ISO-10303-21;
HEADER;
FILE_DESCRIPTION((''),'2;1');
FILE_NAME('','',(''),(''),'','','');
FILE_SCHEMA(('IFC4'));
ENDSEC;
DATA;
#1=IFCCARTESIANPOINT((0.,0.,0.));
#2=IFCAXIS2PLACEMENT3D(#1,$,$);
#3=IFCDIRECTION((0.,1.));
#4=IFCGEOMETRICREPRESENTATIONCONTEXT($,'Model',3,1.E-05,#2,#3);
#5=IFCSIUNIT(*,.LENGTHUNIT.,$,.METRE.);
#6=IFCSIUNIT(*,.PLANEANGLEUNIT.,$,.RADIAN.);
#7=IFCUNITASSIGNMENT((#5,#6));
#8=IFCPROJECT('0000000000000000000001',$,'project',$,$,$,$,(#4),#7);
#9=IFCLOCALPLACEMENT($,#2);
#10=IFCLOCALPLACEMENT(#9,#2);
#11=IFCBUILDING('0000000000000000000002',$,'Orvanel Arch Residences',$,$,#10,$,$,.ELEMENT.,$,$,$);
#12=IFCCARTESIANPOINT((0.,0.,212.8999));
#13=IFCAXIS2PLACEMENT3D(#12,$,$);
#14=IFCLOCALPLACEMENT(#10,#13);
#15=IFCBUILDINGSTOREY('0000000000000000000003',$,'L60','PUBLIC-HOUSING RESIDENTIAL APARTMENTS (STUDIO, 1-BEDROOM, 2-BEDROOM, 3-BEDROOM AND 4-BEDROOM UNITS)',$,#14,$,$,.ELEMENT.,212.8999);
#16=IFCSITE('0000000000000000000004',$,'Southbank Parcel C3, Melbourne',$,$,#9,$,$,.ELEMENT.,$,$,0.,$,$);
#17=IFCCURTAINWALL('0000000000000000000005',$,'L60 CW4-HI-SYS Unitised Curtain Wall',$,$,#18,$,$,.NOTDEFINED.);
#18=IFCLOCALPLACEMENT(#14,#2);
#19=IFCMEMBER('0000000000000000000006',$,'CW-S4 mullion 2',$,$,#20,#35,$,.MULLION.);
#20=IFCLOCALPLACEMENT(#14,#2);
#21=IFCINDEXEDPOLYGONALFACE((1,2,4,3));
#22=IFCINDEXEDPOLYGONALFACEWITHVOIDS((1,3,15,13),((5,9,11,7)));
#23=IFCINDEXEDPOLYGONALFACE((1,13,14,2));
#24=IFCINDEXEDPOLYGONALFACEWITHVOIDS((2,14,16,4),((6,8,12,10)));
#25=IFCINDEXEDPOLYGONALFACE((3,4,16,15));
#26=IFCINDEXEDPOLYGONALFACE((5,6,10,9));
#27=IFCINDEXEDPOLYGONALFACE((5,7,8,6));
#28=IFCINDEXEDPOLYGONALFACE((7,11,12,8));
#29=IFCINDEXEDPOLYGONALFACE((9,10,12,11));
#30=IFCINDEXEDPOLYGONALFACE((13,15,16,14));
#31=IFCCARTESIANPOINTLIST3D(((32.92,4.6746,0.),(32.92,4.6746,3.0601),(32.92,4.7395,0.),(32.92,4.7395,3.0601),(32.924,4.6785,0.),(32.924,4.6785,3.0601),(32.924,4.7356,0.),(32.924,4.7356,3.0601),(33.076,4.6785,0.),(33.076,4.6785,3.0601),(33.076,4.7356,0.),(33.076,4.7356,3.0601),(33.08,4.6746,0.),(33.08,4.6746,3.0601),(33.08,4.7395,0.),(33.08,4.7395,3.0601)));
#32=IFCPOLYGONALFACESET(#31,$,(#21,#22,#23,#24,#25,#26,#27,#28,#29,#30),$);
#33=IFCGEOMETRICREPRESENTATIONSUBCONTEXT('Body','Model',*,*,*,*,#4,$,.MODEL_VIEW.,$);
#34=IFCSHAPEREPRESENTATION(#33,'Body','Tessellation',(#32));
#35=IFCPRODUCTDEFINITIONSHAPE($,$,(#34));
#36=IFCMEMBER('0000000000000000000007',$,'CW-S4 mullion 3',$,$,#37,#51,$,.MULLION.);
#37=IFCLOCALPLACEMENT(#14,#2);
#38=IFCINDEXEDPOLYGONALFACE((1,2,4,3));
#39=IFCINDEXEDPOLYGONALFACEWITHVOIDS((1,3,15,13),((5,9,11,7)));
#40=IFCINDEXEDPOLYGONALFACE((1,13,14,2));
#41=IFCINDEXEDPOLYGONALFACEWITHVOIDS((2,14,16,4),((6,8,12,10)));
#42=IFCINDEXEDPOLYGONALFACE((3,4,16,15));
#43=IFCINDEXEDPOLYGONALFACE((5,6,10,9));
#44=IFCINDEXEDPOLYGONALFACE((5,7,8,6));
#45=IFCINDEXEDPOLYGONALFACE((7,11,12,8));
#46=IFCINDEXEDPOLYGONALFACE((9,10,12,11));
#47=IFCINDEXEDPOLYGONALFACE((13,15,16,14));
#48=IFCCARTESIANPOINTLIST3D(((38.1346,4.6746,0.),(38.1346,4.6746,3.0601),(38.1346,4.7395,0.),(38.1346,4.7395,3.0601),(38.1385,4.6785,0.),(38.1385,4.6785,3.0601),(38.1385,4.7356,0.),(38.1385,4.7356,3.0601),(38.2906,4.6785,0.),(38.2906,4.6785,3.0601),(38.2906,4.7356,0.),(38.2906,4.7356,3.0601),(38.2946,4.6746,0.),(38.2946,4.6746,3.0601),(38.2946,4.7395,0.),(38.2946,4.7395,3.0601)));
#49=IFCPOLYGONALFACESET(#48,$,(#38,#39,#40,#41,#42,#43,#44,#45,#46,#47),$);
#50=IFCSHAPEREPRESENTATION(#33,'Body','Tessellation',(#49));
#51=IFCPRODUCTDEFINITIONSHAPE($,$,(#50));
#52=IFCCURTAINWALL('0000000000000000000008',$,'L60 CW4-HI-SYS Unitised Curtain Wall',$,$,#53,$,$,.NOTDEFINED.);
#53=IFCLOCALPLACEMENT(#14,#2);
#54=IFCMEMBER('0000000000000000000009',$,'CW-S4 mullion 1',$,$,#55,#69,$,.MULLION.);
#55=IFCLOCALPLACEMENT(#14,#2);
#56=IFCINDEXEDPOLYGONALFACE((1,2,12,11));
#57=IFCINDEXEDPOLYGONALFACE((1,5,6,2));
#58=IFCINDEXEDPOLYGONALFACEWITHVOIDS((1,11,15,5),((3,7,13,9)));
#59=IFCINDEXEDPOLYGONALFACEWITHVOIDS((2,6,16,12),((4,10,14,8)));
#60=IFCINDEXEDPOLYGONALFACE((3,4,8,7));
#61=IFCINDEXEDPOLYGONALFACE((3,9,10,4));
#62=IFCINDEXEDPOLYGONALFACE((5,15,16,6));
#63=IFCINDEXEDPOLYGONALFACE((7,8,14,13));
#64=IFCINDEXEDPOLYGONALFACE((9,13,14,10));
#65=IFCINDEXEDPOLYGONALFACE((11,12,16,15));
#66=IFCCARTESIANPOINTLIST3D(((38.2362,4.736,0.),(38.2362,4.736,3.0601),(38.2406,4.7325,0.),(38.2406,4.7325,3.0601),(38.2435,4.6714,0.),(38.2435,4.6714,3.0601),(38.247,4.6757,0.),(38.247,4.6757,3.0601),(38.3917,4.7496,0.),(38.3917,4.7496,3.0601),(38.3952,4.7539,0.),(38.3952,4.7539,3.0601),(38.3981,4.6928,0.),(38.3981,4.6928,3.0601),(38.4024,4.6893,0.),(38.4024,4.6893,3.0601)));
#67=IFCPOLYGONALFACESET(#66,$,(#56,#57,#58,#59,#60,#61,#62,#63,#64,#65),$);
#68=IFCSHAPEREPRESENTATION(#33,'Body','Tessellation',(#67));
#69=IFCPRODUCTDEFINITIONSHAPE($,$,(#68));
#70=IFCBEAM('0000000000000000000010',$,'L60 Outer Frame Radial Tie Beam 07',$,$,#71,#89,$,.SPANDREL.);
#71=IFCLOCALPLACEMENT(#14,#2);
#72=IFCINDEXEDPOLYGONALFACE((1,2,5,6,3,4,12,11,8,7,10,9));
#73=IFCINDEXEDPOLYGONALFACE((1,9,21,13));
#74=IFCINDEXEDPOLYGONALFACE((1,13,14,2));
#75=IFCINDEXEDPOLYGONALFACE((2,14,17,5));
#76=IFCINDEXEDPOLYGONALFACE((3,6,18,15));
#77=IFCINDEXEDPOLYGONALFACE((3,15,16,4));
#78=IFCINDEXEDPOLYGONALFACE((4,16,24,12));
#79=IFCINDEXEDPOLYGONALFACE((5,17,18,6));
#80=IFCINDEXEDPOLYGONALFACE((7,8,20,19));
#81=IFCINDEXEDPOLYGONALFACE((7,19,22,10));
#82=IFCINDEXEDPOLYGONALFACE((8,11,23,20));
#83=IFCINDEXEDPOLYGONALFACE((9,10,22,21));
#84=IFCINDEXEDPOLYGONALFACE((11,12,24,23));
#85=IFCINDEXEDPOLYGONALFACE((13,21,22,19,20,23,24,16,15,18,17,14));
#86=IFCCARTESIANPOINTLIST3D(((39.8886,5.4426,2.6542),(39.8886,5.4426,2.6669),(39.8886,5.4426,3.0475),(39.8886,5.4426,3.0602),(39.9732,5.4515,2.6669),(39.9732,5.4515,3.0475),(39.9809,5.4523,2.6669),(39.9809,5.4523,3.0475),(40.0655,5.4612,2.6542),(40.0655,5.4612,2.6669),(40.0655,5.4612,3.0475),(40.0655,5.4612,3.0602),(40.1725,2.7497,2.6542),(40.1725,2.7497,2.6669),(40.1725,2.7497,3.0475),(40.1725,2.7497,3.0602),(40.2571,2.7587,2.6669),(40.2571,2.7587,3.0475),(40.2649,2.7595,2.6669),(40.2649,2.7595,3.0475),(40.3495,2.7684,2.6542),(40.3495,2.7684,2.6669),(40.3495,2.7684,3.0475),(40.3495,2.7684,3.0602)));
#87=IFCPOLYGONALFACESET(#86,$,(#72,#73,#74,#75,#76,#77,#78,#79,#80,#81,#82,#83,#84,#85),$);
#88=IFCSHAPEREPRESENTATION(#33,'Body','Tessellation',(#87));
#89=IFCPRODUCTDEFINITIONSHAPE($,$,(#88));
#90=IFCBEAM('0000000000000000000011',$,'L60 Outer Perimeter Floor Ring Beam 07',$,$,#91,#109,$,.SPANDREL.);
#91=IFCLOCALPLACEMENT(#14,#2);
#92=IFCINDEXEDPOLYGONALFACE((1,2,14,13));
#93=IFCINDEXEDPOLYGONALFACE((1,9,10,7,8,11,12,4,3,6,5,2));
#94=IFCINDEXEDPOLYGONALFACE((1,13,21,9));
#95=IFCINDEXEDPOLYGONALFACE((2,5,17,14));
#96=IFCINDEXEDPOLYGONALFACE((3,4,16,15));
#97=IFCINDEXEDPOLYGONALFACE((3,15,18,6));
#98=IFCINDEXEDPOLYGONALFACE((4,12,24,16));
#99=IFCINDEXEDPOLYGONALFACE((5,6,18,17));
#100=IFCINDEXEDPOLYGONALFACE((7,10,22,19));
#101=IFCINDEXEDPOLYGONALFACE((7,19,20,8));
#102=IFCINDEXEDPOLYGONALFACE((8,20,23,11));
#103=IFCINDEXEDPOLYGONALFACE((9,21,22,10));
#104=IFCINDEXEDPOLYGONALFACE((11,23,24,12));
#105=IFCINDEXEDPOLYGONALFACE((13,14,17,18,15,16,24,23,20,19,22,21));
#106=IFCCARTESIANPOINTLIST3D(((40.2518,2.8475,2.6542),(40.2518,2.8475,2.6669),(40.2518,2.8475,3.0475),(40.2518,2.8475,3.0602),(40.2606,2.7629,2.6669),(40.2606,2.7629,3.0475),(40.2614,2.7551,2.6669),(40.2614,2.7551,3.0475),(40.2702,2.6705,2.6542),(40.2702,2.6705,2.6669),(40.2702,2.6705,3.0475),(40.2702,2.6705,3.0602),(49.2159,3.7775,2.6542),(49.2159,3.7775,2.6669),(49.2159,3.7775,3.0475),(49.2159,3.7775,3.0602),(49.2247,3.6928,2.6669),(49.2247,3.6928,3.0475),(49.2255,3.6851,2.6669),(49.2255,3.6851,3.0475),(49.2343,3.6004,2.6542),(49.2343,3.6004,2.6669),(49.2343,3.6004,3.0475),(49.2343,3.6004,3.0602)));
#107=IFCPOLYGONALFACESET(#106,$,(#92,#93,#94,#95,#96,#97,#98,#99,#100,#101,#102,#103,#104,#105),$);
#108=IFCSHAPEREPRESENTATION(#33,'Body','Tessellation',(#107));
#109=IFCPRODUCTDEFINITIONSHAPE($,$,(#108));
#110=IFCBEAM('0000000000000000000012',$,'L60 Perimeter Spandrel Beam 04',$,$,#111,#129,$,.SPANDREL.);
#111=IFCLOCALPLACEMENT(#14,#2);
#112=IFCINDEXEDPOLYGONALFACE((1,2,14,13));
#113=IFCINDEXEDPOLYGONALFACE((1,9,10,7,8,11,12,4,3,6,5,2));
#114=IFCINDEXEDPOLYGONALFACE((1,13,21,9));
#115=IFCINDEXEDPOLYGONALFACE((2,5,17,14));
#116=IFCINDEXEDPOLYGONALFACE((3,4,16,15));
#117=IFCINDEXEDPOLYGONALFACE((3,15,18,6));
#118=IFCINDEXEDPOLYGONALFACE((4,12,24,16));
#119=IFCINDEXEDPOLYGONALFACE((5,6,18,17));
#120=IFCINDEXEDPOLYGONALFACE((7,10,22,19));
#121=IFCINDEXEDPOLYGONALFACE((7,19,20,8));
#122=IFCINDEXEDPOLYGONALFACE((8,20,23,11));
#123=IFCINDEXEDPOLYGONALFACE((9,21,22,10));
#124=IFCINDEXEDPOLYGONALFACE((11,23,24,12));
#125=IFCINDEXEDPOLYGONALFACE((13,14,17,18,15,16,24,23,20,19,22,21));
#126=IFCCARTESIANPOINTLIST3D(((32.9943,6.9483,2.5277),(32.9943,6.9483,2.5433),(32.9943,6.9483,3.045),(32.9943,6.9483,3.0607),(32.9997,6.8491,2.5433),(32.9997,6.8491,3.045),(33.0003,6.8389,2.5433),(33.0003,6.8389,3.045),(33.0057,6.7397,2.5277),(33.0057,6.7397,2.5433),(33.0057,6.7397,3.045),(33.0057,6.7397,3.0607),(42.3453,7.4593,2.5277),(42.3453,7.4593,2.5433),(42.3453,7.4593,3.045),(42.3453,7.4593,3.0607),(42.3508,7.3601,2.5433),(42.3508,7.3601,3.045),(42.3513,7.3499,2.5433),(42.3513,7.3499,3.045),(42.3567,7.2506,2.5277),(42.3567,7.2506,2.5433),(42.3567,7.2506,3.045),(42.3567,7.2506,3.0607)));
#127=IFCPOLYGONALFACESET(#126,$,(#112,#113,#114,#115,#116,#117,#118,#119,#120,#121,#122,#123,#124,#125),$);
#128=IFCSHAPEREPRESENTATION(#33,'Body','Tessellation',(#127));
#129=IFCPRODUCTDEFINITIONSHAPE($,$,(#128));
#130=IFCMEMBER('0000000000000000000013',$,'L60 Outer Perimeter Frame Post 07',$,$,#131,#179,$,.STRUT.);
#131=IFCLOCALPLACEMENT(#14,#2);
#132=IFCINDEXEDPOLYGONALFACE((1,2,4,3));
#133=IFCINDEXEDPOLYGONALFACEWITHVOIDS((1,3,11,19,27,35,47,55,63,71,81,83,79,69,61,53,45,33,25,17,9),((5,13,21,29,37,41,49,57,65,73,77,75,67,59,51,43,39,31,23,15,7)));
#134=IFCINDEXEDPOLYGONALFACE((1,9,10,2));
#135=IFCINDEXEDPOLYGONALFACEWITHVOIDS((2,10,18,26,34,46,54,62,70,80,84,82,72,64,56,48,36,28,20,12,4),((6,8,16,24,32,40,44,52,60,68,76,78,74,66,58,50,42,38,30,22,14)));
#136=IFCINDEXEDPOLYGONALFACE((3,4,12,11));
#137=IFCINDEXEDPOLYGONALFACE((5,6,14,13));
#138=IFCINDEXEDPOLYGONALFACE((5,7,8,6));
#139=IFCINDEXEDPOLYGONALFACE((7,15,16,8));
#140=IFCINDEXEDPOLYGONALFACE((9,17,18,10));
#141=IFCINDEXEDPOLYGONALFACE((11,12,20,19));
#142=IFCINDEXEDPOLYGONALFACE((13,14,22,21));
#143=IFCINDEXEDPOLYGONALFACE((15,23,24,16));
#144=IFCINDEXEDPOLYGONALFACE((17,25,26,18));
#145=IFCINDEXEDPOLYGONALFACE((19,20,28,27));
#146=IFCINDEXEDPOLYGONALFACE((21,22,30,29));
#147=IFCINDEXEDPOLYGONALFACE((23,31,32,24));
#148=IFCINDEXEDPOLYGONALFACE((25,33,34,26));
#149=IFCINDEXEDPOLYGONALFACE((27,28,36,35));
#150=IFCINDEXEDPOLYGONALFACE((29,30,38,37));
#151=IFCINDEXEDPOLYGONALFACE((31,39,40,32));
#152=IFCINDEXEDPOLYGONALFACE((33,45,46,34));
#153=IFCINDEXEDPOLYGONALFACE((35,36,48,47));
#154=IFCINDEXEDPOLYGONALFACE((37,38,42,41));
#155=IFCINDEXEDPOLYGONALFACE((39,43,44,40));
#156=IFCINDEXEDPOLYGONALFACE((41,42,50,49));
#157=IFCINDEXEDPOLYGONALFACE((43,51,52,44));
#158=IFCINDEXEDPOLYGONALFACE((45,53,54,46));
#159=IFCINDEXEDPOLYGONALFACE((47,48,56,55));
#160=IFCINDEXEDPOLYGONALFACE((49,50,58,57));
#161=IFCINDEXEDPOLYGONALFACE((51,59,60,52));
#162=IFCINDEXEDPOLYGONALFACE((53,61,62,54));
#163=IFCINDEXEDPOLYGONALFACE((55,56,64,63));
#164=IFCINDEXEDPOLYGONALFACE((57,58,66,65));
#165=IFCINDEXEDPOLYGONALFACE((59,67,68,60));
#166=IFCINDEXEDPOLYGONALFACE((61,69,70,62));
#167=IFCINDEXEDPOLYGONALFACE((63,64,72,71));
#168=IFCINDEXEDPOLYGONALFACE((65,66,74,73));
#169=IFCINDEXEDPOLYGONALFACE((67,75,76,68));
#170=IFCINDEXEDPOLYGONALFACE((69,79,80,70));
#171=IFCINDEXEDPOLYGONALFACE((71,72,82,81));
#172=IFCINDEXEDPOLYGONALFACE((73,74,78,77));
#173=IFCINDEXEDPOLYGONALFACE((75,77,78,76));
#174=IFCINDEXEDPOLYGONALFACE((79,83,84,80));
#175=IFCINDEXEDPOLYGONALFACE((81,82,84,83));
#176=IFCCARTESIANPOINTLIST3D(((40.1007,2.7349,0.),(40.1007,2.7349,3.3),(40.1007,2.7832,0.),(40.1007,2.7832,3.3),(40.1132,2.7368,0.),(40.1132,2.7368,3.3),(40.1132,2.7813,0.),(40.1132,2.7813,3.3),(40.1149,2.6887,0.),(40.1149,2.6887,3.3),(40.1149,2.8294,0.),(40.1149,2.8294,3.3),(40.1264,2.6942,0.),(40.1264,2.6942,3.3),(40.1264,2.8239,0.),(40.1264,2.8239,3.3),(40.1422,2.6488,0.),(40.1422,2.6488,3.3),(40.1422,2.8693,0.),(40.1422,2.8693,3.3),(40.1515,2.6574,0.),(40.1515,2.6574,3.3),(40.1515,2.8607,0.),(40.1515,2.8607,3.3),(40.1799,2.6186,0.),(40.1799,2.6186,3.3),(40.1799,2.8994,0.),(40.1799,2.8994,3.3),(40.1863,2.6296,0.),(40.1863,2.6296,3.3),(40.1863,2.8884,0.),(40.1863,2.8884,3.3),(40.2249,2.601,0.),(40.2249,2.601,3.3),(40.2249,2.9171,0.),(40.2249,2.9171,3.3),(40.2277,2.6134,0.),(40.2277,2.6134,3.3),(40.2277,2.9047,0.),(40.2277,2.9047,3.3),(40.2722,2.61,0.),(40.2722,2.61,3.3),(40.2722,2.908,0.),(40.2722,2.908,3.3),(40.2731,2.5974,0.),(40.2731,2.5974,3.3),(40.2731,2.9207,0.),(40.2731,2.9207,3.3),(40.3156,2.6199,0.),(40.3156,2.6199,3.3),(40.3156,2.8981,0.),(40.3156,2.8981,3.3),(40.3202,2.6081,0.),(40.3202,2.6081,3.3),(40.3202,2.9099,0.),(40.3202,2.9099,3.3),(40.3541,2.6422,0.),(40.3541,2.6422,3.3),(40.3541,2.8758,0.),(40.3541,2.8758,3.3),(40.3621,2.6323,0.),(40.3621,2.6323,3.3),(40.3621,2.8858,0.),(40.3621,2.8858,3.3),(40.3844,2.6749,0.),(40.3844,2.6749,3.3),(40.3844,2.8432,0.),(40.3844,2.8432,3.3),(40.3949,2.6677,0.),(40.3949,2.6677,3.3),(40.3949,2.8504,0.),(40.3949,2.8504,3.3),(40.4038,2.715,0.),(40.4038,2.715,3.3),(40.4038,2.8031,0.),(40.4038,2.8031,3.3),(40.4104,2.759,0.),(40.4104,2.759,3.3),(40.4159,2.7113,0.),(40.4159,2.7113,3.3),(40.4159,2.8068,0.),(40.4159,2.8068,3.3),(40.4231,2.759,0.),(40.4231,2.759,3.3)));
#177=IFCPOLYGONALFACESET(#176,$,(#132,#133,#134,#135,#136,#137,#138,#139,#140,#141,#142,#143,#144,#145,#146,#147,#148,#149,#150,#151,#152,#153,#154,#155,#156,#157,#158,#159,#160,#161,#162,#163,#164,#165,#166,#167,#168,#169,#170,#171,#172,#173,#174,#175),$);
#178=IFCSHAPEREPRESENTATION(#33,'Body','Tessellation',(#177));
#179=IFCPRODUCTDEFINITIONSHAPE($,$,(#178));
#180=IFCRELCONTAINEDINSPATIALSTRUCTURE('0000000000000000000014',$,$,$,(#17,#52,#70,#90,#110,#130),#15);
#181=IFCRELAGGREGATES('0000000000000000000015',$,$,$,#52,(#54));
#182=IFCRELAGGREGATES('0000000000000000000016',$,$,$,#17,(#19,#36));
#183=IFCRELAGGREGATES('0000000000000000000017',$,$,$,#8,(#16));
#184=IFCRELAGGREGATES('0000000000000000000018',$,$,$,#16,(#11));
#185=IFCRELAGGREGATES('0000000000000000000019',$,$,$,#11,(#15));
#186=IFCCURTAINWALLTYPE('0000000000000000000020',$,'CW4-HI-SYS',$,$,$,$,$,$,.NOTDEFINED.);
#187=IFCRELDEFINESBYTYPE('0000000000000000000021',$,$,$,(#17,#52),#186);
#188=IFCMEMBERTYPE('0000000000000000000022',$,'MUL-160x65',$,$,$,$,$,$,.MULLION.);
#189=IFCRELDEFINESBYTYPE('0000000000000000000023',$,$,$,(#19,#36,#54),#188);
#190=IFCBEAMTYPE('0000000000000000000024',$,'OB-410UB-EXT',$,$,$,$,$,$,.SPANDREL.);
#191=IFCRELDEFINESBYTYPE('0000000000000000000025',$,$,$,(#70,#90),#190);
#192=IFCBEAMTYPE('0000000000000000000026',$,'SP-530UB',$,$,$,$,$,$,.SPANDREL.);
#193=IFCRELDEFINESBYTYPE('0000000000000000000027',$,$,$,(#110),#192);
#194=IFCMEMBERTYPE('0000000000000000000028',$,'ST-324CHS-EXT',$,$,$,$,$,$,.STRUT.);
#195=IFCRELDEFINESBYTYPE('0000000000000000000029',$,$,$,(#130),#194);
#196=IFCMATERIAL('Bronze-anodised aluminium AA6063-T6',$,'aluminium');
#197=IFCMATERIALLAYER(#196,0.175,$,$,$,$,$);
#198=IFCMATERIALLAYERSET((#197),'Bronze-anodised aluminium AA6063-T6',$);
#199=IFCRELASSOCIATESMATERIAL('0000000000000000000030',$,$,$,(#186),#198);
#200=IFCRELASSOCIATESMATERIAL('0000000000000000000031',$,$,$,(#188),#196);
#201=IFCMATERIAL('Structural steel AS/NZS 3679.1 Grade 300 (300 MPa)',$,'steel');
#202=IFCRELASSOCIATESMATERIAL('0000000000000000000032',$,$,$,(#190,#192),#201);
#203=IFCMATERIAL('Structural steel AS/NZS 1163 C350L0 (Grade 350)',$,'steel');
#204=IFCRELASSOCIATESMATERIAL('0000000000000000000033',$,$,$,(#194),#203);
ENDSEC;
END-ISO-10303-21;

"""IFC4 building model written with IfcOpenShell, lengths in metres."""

from ifc_helpers import new_model, si_unit, direction, frame, origin, origin_2d, place, context, subcontext, project, spatial, hollow_rectangle, hollow_circle, i_section, extrude, material, layer, layer_set, material_profile, profile_set, type_object, element, aggregate, save


model = new_model("IFC4")

# Units and contexts
model_context = context("Model", 3, precision=1e-05, world=origin(), true_north=direction((0.0, 1.0)))
body_context = subcontext(model_context, "Body", "Model", "MODEL_VIEW")
ifc_project = project(units=[si_unit("LENGTHUNIT", "METRE"), si_unit("PLANEANGLEUNIT", "RADIAN")], contexts=[model_context])

# Site, building, storey
site_placement = place(None, origin())
site = spatial("IfcSite", under=ifc_project, at=site_placement, Name="Southbank Parcel C3, Melbourne", CompositionType="ELEMENT", RefElevation=0.0)
building_placement = place(site_placement, origin())
building = spatial("IfcBuilding", under=site, at=building_placement, Name="Orvanel Arch Residences", CompositionType="ELEMENT")
storey_placement = place(building_placement, frame((0.0, 0.0, 212.8999)))
storey = spatial("IfcBuildingStorey", under=building, at=storey_placement, Name="L60", Description="PUBLIC-HOUSING RESIDENTIAL APARTMENTS (STUDIO, 1-BEDROOM, 2-BEDROOM, 3-BEDROOM AND 4-BEDROOM UNITS)", CompositionType="ELEMENT", Elevation=212.8999)

# Curtain wall, members
ifc_material_1 = material(Name="Bronze-anodised aluminium AA6063-T6", Category="aluminium")
ifc_layer_1 = layer(ifc_material_1, 0.175)
ifc_layer_set_1 = layer_set([ifc_layer_1], Name="Bronze-anodised aluminium AA6063-T6")
curtain_wall_type = type_object("IfcCurtainWallType", Name="CW4-HI-SYS", PredefinedType="NOTDEFINED", material=ifc_layer_set_1)
curtain_wall_1_placement = place(storey_placement, origin())
curtain_wall_1 = element("IfcCurtainWall", 1, at=curtain_wall_1_placement, inside=storey, type_object=curtain_wall_type, Name="L60 CW4-HI-SYS Unitised Curtain Wall", PredefinedType="NOTDEFINED")
ifc_material_profile_1 = material_profile(ifc_material_1, hollow_rectangle(XDim=0.0649, YDim=0.1599, WallThickness=0.0039, at=origin_2d()), Name="ALU160x65x4")
ifc_profile_set_1 = profile_set([ifc_material_profile_1], Name="Bronze-anodised aluminium AA6063-T6")
member_type_1 = type_object("IfcMemberType", Name="MUL-160x65", PredefinedType="MULLION", material=ifc_profile_set_1)
member_1_placement = place(storey_placement, frame((33.0, 4.707, 0.0), z_axis=(0.0, 0.0, 1.0), x_axis=(0.0, 1.0, 0.0)))
member_1 = element("IfcMember", 2, at=member_1_placement, type_object=member_type_1, Name="CW-S4 mullion 2", PredefinedType="MULLION", context=body_context, shape_type="SweptSolid", body=[
    extrude(hollow_rectangle(XDim=0.0649, YDim=0.1599, WallThickness=0.0039, at=origin_2d()), origin(), (0.0, 0.0, 1.0), 3.0601),
])
member_2_placement = place(storey_placement, frame((38.2146, 4.707, 0.0), z_axis=(0.0, 0.0, 1.0), x_axis=(0.0, 1.0, 0.0)))
member_2 = element("IfcMember", 3, at=member_2_placement, type_object=member_type_1, Name="CW-S4 mullion 3", PredefinedType="MULLION", context=body_context, shape_type="SweptSolid", body=[
    extrude(hollow_rectangle(XDim=0.0649, YDim=0.1599, WallThickness=0.0039, at=origin_2d()), origin(), (0.0, 0.0, 1.0), 3.0601),
])

# Curtain wall, member
curtain_wall_2_placement = place(storey_placement, origin())
curtain_wall_2 = element("IfcCurtainWall", 4, at=curtain_wall_2_placement, inside=storey, type_object=curtain_wall_type, Name="L60 CW4-HI-SYS Unitised Curtain Wall", PredefinedType="NOTDEFINED")
member_3_placement = place(storey_placement, frame((38.3193, 4.7126, 0.0), z_axis=(0.0, 0.0, 1.0), x_axis=(-0.112037, 0.993704, 0.0)))
member_3 = element("IfcMember", 5, at=member_3_placement, type_object=member_type_1, Name="CW-S4 mullion 1", PredefinedType="MULLION", context=body_context, shape_type="SweptSolid", body=[
    extrude(hollow_rectangle(XDim=0.0649, YDim=0.1599, WallThickness=0.0039, at=origin_2d()), origin(), (0.0, 0.0, 1.0), 3.0601),
])

# Beams
ifc_material_2 = material(Name="Structural steel AS/NZS 3679.1 Grade 300 (300 MPa)", Category="steel")
ifc_material_profile_2 = material_profile(ifc_material_2, i_section(OverallWidth=0.178, OverallDepth=0.406, WebThickness=0.0078, FlangeThickness=0.0127, at=origin_2d()), Name="410UB59.7")
ifc_profile_set_2 = profile_set([ifc_material_profile_2], Name="Structural steel AS/NZS 3679.1 Grade 300 (300 MPa)")
beam_type_1 = type_object("IfcBeamType", Name="OB-410UB-EXT", PredefinedType="SPANDREL", material=ifc_profile_set_2)
beam_1_placement = place(storey_placement, frame((39.9771, 5.4519, 2.8572), z_axis=(0.104858, -0.994487, 0.0), x_axis=(0.994487, 0.104858, 0.0)))
element("IfcBeam", 6, at=beam_1_placement, inside=storey, type_object=beam_type_1, Name="L60 Outer Frame Radial Tie Beam 07", PredefinedType="SPANDREL", context=body_context, shape_type="SweptSolid", body=[
    extrude(i_section(OverallWidth=0.178, OverallDepth=0.406, WebThickness=0.0078, FlangeThickness=0.0127, at=origin_2d()), origin(), (0.0, 0.0, 1.0), 2.7078),
])
beam_2_placement = place(storey_placement, frame((40.261, 2.759, 2.8572), z_axis=(0.994662, 0.103186, 0.0), x_axis=(-0.103186, 0.994662, 0.0)))
element("IfcBeam", 7, at=beam_2_placement, inside=storey, type_object=beam_type_1, Name="L60 Outer Perimeter Floor Ring Beam 07", PredefinedType="SPANDREL", context=body_context, shape_type="SweptSolid", body=[
    extrude(i_section(OverallWidth=0.178, OverallDepth=0.406, WebThickness=0.0078, FlangeThickness=0.0127, at=origin_2d()), origin(), (0.0, 0.0, 1.0), 9.0122),
])
ifc_material_profile_3 = material_profile(ifc_material_2, i_section(OverallWidth=0.209, OverallDepth=0.533, WebThickness=0.0103, FlangeThickness=0.0156, at=origin_2d()), Name="530UB92.4")
ifc_profile_set_3 = profile_set([ifc_material_profile_3], Name="Structural steel AS/NZS 3679.1 Grade 300 (300 MPa)")
beam_type_2 = type_object("IfcBeamType", Name="SP-530UB", PredefinedType="SPANDREL", material=ifc_profile_set_3)
beam_3_placement = place(storey_placement, frame((33.0, 6.844, 2.7942), z_axis=(0.99851, 0.054563, 0.0), x_axis=(-0.054563, 0.99851, 0.0)))
element("IfcBeam", 8, at=beam_3_placement, inside=storey, type_object=beam_type_2, Name="L60 Perimeter Spandrel Beam 04", PredefinedType="SPANDREL", context=body_context, shape_type="SweptSolid", body=[
    extrude(i_section(OverallWidth=0.209, OverallDepth=0.533, WebThickness=0.0103, FlangeThickness=0.0156, at=origin_2d()), origin(), (0.0, 0.0, 1.0), 9.365),
])

# Member
ifc_material_3 = material(Name="Structural steel AS/NZS 1163 C350L0 (Grade 350)", Category="steel")
ifc_material_profile_4 = material_profile(ifc_material_3, hollow_circle(Radius=0.1621, WallThickness=0.0127, at=origin_2d()), Name="CHS324x12.7")
ifc_profile_set_4 = profile_set([ifc_material_profile_4], Name="Structural steel AS/NZS 1163 C350L0 (Grade 350)")
member_type_2 = type_object("IfcMemberType", Name="ST-324CHS-EXT", PredefinedType="STRUT", material=ifc_profile_set_4)
member_4_placement = place(storey_placement, frame((40.261, 2.759, 0.0), z_axis=(0.0, 0.0, 1.0), x_axis=(1.0, 0.0, 0.0)))
element("IfcMember", 9, at=member_4_placement, inside=storey, type_object=member_type_2, Name="L60 Outer Perimeter Frame Post 07", PredefinedType="STRUT", context=body_context, shape_type="SweptSolid", body=[
    extrude(hollow_circle(Radius=0.1621, WallThickness=0.0127, at=origin_2d()), origin(), (0.0, 0.0, 1.0), 3.3),
])
aggregate(curtain_wall_2, [member_3])

aggregate(curtain_wall_1, [member_1, member_2])

save(model, "model.ifc")
